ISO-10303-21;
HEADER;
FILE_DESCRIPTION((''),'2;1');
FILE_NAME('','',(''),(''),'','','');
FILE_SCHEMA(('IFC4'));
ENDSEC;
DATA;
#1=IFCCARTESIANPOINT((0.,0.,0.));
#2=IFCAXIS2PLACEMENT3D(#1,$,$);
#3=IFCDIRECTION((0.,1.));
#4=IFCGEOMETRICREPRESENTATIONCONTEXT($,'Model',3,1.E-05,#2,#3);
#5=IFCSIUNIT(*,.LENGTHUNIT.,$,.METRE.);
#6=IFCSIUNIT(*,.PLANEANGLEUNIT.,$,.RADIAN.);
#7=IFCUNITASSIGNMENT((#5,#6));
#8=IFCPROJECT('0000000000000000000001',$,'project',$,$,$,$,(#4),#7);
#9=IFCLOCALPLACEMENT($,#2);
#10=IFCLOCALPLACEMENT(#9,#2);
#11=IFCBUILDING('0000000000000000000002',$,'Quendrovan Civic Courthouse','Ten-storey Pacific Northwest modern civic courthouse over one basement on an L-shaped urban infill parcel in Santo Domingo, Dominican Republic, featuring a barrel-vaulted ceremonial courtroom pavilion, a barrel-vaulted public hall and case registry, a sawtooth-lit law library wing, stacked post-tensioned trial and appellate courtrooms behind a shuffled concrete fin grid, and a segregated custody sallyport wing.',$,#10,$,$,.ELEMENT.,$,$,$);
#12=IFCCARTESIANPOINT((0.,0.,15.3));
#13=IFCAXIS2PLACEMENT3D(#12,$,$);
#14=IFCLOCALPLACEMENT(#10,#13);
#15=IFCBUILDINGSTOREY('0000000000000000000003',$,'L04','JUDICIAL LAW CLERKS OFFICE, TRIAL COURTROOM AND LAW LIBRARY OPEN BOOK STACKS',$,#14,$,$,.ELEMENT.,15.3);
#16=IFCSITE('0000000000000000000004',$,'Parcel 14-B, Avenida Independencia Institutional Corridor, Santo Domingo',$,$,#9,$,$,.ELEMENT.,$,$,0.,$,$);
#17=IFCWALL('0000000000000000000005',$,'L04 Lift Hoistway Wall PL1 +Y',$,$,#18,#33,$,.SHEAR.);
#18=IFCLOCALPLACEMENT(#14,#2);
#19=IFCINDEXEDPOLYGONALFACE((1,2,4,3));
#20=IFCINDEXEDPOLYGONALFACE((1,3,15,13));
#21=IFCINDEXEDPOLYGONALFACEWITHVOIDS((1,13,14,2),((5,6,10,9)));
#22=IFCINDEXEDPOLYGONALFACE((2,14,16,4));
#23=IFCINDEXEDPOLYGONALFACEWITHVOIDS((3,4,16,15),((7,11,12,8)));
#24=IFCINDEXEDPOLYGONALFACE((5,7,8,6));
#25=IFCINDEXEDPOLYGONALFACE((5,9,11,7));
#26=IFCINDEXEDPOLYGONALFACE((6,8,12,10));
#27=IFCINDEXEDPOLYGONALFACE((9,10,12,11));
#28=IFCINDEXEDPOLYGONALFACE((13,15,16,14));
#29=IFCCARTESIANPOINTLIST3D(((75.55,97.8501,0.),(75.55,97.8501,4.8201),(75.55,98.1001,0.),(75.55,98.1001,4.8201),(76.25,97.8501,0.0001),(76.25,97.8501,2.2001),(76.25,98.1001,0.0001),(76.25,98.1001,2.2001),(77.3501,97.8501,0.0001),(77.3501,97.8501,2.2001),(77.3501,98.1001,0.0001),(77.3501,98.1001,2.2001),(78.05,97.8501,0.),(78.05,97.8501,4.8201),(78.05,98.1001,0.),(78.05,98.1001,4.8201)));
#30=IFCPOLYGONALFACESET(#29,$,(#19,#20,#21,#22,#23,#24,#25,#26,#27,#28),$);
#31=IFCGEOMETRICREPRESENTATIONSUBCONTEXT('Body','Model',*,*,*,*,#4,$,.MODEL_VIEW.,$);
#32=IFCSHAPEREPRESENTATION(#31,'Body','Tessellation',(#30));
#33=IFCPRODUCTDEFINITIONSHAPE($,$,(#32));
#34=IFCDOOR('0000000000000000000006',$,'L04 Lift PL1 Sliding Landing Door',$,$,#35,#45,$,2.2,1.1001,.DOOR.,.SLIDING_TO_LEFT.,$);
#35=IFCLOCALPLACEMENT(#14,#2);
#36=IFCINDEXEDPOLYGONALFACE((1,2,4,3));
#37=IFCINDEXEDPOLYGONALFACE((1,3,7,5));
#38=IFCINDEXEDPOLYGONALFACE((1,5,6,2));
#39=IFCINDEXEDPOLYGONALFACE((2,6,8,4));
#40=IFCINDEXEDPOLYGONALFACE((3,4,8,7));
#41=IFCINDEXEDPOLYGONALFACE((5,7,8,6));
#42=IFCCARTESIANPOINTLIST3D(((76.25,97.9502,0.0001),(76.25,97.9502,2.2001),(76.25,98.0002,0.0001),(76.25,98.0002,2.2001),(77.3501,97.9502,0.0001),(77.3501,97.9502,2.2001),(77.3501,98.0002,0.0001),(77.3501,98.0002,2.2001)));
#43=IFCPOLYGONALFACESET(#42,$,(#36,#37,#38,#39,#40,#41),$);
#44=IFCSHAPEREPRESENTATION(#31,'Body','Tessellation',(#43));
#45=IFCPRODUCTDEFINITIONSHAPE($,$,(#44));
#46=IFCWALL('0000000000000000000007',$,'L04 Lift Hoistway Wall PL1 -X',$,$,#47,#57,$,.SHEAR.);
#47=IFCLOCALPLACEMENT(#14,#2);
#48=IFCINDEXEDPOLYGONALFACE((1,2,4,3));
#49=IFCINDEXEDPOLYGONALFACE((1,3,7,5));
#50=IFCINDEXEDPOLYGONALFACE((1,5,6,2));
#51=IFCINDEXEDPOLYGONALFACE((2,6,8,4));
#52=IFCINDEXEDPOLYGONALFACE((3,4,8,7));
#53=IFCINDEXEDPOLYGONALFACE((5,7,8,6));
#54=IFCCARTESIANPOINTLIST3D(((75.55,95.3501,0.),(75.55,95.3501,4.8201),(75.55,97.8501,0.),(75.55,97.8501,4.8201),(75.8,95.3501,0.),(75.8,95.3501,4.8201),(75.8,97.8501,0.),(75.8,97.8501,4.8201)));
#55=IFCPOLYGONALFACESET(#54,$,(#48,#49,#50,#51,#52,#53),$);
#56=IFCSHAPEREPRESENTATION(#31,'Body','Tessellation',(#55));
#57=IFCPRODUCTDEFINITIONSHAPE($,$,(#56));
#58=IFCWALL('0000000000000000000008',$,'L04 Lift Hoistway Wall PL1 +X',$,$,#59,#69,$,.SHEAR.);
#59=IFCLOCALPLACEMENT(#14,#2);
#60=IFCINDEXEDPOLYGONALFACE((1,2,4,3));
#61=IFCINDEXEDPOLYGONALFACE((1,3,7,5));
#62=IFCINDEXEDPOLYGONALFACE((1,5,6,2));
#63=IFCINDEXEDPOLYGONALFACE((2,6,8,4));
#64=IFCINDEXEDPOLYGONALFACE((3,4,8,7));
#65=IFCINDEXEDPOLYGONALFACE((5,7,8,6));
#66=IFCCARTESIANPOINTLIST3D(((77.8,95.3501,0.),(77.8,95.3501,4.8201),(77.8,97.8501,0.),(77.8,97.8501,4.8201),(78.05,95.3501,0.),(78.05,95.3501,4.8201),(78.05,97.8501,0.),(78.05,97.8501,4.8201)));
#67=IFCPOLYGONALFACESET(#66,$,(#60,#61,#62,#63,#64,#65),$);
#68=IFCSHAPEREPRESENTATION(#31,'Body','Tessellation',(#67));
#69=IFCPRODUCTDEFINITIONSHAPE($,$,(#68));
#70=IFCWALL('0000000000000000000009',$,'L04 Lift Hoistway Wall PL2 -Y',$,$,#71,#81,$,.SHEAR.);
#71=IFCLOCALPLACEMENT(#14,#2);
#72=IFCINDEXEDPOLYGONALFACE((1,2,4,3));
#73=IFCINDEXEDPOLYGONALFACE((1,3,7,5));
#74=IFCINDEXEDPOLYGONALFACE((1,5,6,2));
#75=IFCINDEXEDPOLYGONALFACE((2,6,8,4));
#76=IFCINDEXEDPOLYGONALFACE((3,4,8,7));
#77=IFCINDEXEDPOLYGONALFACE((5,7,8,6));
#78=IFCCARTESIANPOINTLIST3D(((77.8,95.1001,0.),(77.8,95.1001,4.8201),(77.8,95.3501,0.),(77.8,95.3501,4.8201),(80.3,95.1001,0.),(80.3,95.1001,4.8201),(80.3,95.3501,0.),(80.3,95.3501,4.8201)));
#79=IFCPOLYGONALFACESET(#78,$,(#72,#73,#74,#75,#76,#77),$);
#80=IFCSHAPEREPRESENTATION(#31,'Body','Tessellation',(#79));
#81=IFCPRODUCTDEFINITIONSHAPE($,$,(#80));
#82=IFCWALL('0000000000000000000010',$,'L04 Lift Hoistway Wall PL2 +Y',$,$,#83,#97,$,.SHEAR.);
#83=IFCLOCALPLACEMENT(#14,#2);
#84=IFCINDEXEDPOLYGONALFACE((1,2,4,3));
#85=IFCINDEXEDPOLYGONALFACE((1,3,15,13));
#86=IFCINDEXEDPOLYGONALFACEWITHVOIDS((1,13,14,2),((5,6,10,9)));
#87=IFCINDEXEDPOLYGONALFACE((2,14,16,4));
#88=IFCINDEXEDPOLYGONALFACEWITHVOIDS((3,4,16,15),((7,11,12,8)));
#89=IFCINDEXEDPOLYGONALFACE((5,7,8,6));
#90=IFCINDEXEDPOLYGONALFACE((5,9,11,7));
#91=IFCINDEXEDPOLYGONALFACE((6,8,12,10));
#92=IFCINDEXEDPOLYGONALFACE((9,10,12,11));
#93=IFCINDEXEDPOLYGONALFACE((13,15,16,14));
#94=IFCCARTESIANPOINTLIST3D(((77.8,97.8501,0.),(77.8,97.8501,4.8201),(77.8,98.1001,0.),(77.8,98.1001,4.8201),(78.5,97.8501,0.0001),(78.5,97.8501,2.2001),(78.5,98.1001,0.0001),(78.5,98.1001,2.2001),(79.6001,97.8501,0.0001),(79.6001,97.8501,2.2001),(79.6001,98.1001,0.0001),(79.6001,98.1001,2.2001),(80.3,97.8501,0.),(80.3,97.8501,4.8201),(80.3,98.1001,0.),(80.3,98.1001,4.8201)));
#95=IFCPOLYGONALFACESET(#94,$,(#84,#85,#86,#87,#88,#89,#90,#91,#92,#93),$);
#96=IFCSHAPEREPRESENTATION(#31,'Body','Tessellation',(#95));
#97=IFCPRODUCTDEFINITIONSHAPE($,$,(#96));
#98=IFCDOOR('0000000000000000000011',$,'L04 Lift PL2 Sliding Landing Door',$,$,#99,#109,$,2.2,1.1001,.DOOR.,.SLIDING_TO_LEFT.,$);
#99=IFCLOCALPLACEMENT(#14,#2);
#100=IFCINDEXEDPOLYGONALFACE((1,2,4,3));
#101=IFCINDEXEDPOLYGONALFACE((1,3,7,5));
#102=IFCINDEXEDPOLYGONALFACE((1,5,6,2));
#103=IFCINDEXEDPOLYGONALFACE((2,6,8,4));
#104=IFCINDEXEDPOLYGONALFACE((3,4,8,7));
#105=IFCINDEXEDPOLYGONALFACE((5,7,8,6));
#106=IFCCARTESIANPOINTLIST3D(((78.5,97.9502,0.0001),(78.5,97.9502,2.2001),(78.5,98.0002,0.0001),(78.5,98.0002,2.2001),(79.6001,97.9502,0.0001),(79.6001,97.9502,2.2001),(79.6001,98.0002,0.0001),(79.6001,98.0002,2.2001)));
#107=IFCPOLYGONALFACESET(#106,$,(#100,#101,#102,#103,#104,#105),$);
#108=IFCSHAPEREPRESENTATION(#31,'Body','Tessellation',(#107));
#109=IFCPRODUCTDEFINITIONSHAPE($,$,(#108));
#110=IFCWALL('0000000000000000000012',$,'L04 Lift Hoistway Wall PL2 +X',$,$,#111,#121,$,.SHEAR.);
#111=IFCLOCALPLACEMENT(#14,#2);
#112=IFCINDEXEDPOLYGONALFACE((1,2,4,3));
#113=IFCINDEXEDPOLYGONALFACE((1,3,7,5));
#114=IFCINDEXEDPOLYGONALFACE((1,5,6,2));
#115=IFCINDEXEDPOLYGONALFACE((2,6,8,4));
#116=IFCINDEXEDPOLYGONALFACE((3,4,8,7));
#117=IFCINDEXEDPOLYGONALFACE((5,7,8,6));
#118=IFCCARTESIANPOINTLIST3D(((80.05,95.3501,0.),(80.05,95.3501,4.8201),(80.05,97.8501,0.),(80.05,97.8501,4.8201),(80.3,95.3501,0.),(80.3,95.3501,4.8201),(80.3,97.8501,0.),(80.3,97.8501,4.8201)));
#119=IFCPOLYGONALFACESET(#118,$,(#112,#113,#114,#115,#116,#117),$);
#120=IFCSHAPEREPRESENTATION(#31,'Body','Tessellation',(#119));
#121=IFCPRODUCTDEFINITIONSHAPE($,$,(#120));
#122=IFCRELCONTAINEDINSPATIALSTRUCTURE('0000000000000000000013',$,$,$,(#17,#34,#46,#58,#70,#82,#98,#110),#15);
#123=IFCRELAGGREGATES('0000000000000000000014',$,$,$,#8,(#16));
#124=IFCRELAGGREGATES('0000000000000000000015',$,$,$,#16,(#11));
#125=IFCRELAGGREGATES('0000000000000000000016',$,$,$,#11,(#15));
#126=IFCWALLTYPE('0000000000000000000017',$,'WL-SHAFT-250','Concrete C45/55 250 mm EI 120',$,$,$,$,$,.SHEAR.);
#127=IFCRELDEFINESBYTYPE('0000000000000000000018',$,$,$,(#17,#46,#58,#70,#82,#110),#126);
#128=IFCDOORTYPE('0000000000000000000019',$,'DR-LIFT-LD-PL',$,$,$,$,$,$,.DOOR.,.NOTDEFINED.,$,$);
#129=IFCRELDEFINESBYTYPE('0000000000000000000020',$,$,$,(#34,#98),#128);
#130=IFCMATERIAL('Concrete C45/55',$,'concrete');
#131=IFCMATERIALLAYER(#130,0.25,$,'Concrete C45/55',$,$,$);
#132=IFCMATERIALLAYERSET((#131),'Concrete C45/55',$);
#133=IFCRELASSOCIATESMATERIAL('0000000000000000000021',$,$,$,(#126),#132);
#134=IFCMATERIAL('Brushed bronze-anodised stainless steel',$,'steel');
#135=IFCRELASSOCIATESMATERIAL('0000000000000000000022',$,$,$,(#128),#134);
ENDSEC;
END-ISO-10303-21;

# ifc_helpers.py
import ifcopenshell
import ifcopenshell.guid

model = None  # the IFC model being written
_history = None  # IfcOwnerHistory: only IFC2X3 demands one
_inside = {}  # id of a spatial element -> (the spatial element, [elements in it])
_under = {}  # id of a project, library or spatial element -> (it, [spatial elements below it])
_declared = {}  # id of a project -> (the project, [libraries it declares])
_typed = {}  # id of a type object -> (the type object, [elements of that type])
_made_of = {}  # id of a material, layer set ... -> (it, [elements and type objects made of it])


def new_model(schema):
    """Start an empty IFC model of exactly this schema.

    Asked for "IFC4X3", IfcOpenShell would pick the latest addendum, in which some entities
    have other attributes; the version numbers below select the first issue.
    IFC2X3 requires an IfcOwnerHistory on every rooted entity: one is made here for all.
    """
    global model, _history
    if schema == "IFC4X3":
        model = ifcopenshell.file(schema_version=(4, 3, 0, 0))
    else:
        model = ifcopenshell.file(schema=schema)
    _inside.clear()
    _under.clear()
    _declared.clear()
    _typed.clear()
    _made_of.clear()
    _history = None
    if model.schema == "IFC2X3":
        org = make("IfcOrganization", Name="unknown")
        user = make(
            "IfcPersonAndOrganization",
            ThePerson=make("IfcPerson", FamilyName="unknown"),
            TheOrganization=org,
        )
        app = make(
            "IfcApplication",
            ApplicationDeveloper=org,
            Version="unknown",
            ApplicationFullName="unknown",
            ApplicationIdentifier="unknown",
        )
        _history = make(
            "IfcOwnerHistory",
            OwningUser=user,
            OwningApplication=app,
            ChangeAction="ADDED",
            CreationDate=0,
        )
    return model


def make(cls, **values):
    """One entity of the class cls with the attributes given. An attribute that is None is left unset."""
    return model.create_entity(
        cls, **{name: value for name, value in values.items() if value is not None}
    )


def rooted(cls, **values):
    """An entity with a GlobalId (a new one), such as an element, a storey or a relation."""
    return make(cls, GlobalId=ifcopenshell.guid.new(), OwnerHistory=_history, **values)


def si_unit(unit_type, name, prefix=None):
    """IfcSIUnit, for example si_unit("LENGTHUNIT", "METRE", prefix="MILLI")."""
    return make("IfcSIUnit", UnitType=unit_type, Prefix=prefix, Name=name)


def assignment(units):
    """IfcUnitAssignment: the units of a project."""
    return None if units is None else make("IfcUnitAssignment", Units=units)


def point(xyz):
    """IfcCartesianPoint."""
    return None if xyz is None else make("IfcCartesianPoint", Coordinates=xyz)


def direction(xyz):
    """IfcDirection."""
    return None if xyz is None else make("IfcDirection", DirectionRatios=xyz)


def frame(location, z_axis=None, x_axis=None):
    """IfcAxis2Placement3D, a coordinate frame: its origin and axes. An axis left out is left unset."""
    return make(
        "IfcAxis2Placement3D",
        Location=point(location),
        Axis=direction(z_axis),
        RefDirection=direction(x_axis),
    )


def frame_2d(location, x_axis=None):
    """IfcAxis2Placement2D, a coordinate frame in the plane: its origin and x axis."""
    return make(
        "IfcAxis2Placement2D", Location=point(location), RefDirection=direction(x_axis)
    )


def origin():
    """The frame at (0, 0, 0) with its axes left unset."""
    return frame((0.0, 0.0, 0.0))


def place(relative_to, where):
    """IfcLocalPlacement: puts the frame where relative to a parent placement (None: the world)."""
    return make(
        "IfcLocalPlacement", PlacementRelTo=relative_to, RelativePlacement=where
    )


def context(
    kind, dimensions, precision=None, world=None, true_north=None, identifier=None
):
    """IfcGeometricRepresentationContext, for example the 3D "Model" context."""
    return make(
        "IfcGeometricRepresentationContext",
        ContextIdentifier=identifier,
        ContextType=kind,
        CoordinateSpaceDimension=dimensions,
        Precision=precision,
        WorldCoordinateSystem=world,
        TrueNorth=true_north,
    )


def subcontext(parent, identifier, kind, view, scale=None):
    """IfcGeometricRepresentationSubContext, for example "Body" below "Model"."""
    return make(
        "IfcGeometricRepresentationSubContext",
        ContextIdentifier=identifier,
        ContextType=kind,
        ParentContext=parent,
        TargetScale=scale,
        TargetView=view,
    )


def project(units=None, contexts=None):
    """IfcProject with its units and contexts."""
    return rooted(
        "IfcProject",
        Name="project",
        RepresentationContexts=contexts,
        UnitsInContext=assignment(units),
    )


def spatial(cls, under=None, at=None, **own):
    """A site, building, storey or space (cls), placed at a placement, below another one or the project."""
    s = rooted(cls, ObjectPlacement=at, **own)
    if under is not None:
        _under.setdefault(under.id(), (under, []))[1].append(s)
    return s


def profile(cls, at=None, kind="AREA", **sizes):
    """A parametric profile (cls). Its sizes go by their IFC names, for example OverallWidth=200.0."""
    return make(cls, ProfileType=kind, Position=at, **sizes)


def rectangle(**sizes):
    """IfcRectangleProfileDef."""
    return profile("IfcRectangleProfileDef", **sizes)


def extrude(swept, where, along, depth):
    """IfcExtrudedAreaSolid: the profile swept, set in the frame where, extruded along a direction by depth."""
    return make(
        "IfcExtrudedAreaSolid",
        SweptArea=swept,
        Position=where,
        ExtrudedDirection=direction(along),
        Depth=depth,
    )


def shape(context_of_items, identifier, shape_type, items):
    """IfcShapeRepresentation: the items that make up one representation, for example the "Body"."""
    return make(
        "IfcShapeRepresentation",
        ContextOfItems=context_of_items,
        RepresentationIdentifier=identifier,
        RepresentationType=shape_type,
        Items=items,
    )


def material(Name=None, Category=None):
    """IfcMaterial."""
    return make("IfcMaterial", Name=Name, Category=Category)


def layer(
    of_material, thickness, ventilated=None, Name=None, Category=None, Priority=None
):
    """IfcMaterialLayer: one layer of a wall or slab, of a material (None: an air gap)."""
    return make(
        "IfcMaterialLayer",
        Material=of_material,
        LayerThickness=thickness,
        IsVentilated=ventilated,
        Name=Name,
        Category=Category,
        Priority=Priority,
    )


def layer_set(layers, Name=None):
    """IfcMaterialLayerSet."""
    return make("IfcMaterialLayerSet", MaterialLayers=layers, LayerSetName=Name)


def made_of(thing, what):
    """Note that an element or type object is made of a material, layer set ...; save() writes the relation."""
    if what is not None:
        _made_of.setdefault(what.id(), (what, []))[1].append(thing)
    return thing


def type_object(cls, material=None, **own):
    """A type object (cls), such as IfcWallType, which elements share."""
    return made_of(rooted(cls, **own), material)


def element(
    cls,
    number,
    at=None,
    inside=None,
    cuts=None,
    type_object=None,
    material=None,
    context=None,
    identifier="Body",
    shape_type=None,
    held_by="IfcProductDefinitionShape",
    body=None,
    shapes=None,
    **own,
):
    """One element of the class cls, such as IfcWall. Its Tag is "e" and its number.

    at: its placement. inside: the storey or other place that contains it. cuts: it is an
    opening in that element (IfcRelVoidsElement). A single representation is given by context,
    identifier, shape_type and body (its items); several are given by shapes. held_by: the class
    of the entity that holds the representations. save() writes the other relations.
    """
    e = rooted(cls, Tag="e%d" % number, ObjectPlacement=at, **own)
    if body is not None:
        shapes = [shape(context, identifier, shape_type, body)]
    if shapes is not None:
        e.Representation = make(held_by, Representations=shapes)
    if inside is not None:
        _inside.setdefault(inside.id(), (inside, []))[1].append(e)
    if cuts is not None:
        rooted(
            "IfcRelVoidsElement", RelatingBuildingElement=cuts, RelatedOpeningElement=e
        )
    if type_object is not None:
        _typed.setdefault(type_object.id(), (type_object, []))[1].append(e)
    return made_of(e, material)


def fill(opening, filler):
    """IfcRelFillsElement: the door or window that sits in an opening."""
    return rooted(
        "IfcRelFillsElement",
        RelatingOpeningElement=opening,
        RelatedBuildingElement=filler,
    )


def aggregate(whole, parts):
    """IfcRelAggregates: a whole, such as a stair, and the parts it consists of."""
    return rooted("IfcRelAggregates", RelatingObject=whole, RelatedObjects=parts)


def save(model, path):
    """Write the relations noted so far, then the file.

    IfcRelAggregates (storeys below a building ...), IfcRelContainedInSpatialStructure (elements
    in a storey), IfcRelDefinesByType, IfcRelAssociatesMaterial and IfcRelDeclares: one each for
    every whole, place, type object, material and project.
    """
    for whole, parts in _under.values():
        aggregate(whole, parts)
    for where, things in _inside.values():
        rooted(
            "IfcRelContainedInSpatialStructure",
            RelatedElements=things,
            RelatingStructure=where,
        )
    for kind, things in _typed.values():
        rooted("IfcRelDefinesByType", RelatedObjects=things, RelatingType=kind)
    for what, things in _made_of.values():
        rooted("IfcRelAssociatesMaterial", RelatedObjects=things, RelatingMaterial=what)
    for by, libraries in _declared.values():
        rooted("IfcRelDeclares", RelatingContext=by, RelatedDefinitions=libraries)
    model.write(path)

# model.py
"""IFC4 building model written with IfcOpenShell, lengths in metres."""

from ifc_helpers import new_model, si_unit, direction, frame, frame_2d, origin, place, context, subcontext, project, spatial, rectangle, extrude, material, layer, layer_set, type_object, element, fill, save


model = new_model("IFC4")

# Units and contexts
model_context = context("Model", 3, precision=1e-05, world=origin(), true_north=direction((0.0, 1.0)))
body_context = subcontext(model_context, "Body", "Model", "MODEL_VIEW")
ifc_project = project(units=[si_unit("LENGTHUNIT", "METRE"), si_unit("PLANEANGLEUNIT", "RADIAN")], contexts=[model_context])

# Site, building, storey
site_placement = place(None, origin())
site = spatial("IfcSite", under=ifc_project, at=site_placement, Name="Parcel 14-B, Avenida Independencia Institutional Corridor, Santo Domingo", CompositionType="ELEMENT", RefElevation=0.0)
building_placement = place(site_placement, origin())
building = spatial("IfcBuilding", under=site, at=building_placement, Name="Quendrovan Civic Courthouse", Description="Ten-storey Pacific Northwest modern civic courthouse over one basement on an L-shaped urban infill parcel in Santo Domingo, Dominican Republic, featuring a barrel-vaulted ceremonial courtroom pavilion, a barrel-vaulted public hall and case registry, a sawtooth-lit law library wing, stacked post-tensioned trial and appellate courtrooms behind a shuffled concrete fin grid, and a segregated custody sallyport wing.", CompositionType="ELEMENT")
storey_placement = place(building_placement, frame((0.0, 0.0, 15.3)))
storey = spatial("IfcBuildingStorey", under=building, at=storey_placement, Name="L04", Description="JUDICIAL LAW CLERKS OFFICE, TRIAL COURTROOM AND LAW LIBRARY OPEN BOOK STACKS", CompositionType="ELEMENT", Elevation=15.3)

# Shared definitions
ifc_material_1 = material(Name="Concrete C45/55", Category="concrete")

# Shared definitions
ifc_layer_1 = layer(ifc_material_1, 0.25, Name="Concrete C45/55")
ifc_layer_set_1 = layer_set([ifc_layer_1], Name="Concrete C45/55")
wall_type_1 = type_object("IfcWallType", Name="WL-SHAFT-250", Description="Concrete C45/55 250 mm EI 120", PredefinedType="SHEAR", material=ifc_layer_set_1)

# Wall, opening, door
wall_1_placement = place(storey_placement, frame((78.05, 97.9751, 0.0), z_axis=(0.0, 0.0, 1.0), x_axis=(-1.0, 0.0, 0.0)))
wall_1 = element("IfcWall", 1, at=wall_1_placement, inside=storey, type_object=wall_type_1, Name="L04 Lift Hoistway Wall PL1 +Y", PredefinedType="SHEAR", context=body_context, shape_type="SweptSolid", body=[
    extrude(rectangle(XDim=2.5, YDim=0.25, at=frame_2d((1.25, 0.0))), origin(), (0.0, 0.0, 1.0), 4.8201),
])
opening_1_placement = place(wall_1_placement, frame((0.7, 0.0, 0.0)))
opening_1 = element("IfcOpeningElement", 2, at=opening_1_placement, cuts=wall_1, PredefinedType="OPENING", context=body_context, shape_type="SweptSolid", body=[
    extrude(rectangle(XDim=1.1001, YDim=2.2, at=frame_2d((0.55, 1.1001))), frame((0.0, 0.135, 0.0), z_axis=(0.0, -1.0, 0.0), x_axis=(1.0, 0.0, 0.0)), (0.0, 0.0, 1.0), 0.27),
])
ifc_material_2 = material(Name="Brushed bronze-anodised stainless steel", Category="steel")
door_type_1 = type_object("IfcDoorType", Name="DR-LIFT-LD-PL", OperationType="NOTDEFINED", PredefinedType="DOOR", material=ifc_material_2)
door_1_placement = place(opening_1_placement, origin())
door_1 = element("IfcDoor", 3, at=door_1_placement, inside=storey, type_object=door_type_1, Name="L04 Lift PL1 Sliding Landing Door", OperationType="SLIDING_TO_LEFT", OverallHeight=2.2, OverallWidth=1.1001, PredefinedType="DOOR", context=body_context, shape_type="SweptSolid", body=[
    extrude(rectangle(XDim=1.1001, YDim=2.2, at=frame_2d((0.55, 1.1001))), frame((0.0, 0.0249, 0.0), z_axis=(0.0, -1.0, 0.0), x_axis=(1.0, 0.0, 0.0)), (0.0, 0.0, 1.0), 0.05),
])
fill(opening_1, door_1)

# Walls
for number, where, z_axis, x_axis, name in (
    (4, (75.675, 95.3501, 0.0), (0.0, 0.0, 1.0), (0.0, 1.0, 0.0), "L04 Lift Hoistway Wall PL1 -X"),
    (5, (77.925, 97.8501, 0.0), (0.0, 0.0, 1.0), (0.0, -1.0, 0.0), "L04 Lift Hoistway Wall PL1 +X"),
    (6, (77.8, 95.2251, 0.0), (0.0, 0.0, 1.0), (1.0, 0.0, 0.0), "L04 Lift Hoistway Wall PL2 -Y"),
):
    element("IfcWall", number, at=place(storey_placement, frame(where, z_axis=z_axis, x_axis=x_axis)), inside=storey, type_object=wall_type_1, Name=name, PredefinedType="SHEAR", context=body_context, shape_type="SweptSolid", body=[
        extrude(rectangle(XDim=2.5, YDim=0.25, at=frame_2d((1.25, 0.0))), origin(), (0.0, 0.0, 1.0), 4.8201),
    ])

# Wall, opening, door
wall_2_placement = place(storey_placement, frame((80.3, 97.9751, 0.0), z_axis=(0.0, 0.0, 1.0), x_axis=(-1.0, 0.0, 0.0)))
wall_2 = element("IfcWall", 7, at=wall_2_placement, inside=storey, type_object=wall_type_1, Name="L04 Lift Hoistway Wall PL2 +Y", PredefinedType="SHEAR", context=body_context, shape_type="SweptSolid", body=[
    extrude(rectangle(XDim=2.5, YDim=0.25, at=frame_2d((1.25, 0.0))), origin(), (0.0, 0.0, 1.0), 4.8201),
])
opening_2_placement = place(wall_2_placement, frame((0.7, 0.0, 0.0)))
opening_2 = element("IfcOpeningElement", 8, at=opening_2_placement, cuts=wall_2, PredefinedType="OPENING", context=body_context, shape_type="SweptSolid", body=[
    extrude(rectangle(XDim=1.1001, YDim=2.2, at=frame_2d((0.55, 1.1001))), frame((0.0, 0.135, 0.0), z_axis=(0.0, -1.0, 0.0), x_axis=(1.0, 0.0, 0.0)), (0.0, 0.0, 1.0), 0.27),
])
door_2_placement = place(opening_2_placement, origin())
door_2 = element("IfcDoor", 9, at=door_2_placement, inside=storey, type_object=door_type_1, Name="L04 Lift PL2 Sliding Landing Door", OperationType="SLIDING_TO_LEFT", OverallHeight=2.2, OverallWidth=1.1001, PredefinedType="DOOR", context=body_context, shape_type="SweptSolid", body=[
    extrude(rectangle(XDim=1.1001, YDim=2.2, at=frame_2d((0.55, 1.1001))), frame((0.0, 0.0249, 0.0), z_axis=(0.0, -1.0, 0.0), x_axis=(1.0, 0.0, 0.0)), (0.0, 0.0, 1.0), 0.05),
])
fill(opening_2, door_2)

# Wall
wall_3_placement = place(storey_placement, frame((80.175, 97.8501, 0.0), z_axis=(0.0, 0.0, 1.0), x_axis=(0.0, -1.0, 0.0)))
element("IfcWall", 10, at=wall_3_placement, inside=storey, type_object=wall_type_1, Name="L04 Lift Hoistway Wall PL2 +X", PredefinedType="SHEAR", context=body_context, shape_type="SweptSolid", body=[
    extrude(rectangle(XDim=2.5, YDim=0.25, at=frame_2d((1.25, 0.0))), origin(), (0.0, 0.0, 1.0), 4.8201),
])

save(model, "model.ifc")
